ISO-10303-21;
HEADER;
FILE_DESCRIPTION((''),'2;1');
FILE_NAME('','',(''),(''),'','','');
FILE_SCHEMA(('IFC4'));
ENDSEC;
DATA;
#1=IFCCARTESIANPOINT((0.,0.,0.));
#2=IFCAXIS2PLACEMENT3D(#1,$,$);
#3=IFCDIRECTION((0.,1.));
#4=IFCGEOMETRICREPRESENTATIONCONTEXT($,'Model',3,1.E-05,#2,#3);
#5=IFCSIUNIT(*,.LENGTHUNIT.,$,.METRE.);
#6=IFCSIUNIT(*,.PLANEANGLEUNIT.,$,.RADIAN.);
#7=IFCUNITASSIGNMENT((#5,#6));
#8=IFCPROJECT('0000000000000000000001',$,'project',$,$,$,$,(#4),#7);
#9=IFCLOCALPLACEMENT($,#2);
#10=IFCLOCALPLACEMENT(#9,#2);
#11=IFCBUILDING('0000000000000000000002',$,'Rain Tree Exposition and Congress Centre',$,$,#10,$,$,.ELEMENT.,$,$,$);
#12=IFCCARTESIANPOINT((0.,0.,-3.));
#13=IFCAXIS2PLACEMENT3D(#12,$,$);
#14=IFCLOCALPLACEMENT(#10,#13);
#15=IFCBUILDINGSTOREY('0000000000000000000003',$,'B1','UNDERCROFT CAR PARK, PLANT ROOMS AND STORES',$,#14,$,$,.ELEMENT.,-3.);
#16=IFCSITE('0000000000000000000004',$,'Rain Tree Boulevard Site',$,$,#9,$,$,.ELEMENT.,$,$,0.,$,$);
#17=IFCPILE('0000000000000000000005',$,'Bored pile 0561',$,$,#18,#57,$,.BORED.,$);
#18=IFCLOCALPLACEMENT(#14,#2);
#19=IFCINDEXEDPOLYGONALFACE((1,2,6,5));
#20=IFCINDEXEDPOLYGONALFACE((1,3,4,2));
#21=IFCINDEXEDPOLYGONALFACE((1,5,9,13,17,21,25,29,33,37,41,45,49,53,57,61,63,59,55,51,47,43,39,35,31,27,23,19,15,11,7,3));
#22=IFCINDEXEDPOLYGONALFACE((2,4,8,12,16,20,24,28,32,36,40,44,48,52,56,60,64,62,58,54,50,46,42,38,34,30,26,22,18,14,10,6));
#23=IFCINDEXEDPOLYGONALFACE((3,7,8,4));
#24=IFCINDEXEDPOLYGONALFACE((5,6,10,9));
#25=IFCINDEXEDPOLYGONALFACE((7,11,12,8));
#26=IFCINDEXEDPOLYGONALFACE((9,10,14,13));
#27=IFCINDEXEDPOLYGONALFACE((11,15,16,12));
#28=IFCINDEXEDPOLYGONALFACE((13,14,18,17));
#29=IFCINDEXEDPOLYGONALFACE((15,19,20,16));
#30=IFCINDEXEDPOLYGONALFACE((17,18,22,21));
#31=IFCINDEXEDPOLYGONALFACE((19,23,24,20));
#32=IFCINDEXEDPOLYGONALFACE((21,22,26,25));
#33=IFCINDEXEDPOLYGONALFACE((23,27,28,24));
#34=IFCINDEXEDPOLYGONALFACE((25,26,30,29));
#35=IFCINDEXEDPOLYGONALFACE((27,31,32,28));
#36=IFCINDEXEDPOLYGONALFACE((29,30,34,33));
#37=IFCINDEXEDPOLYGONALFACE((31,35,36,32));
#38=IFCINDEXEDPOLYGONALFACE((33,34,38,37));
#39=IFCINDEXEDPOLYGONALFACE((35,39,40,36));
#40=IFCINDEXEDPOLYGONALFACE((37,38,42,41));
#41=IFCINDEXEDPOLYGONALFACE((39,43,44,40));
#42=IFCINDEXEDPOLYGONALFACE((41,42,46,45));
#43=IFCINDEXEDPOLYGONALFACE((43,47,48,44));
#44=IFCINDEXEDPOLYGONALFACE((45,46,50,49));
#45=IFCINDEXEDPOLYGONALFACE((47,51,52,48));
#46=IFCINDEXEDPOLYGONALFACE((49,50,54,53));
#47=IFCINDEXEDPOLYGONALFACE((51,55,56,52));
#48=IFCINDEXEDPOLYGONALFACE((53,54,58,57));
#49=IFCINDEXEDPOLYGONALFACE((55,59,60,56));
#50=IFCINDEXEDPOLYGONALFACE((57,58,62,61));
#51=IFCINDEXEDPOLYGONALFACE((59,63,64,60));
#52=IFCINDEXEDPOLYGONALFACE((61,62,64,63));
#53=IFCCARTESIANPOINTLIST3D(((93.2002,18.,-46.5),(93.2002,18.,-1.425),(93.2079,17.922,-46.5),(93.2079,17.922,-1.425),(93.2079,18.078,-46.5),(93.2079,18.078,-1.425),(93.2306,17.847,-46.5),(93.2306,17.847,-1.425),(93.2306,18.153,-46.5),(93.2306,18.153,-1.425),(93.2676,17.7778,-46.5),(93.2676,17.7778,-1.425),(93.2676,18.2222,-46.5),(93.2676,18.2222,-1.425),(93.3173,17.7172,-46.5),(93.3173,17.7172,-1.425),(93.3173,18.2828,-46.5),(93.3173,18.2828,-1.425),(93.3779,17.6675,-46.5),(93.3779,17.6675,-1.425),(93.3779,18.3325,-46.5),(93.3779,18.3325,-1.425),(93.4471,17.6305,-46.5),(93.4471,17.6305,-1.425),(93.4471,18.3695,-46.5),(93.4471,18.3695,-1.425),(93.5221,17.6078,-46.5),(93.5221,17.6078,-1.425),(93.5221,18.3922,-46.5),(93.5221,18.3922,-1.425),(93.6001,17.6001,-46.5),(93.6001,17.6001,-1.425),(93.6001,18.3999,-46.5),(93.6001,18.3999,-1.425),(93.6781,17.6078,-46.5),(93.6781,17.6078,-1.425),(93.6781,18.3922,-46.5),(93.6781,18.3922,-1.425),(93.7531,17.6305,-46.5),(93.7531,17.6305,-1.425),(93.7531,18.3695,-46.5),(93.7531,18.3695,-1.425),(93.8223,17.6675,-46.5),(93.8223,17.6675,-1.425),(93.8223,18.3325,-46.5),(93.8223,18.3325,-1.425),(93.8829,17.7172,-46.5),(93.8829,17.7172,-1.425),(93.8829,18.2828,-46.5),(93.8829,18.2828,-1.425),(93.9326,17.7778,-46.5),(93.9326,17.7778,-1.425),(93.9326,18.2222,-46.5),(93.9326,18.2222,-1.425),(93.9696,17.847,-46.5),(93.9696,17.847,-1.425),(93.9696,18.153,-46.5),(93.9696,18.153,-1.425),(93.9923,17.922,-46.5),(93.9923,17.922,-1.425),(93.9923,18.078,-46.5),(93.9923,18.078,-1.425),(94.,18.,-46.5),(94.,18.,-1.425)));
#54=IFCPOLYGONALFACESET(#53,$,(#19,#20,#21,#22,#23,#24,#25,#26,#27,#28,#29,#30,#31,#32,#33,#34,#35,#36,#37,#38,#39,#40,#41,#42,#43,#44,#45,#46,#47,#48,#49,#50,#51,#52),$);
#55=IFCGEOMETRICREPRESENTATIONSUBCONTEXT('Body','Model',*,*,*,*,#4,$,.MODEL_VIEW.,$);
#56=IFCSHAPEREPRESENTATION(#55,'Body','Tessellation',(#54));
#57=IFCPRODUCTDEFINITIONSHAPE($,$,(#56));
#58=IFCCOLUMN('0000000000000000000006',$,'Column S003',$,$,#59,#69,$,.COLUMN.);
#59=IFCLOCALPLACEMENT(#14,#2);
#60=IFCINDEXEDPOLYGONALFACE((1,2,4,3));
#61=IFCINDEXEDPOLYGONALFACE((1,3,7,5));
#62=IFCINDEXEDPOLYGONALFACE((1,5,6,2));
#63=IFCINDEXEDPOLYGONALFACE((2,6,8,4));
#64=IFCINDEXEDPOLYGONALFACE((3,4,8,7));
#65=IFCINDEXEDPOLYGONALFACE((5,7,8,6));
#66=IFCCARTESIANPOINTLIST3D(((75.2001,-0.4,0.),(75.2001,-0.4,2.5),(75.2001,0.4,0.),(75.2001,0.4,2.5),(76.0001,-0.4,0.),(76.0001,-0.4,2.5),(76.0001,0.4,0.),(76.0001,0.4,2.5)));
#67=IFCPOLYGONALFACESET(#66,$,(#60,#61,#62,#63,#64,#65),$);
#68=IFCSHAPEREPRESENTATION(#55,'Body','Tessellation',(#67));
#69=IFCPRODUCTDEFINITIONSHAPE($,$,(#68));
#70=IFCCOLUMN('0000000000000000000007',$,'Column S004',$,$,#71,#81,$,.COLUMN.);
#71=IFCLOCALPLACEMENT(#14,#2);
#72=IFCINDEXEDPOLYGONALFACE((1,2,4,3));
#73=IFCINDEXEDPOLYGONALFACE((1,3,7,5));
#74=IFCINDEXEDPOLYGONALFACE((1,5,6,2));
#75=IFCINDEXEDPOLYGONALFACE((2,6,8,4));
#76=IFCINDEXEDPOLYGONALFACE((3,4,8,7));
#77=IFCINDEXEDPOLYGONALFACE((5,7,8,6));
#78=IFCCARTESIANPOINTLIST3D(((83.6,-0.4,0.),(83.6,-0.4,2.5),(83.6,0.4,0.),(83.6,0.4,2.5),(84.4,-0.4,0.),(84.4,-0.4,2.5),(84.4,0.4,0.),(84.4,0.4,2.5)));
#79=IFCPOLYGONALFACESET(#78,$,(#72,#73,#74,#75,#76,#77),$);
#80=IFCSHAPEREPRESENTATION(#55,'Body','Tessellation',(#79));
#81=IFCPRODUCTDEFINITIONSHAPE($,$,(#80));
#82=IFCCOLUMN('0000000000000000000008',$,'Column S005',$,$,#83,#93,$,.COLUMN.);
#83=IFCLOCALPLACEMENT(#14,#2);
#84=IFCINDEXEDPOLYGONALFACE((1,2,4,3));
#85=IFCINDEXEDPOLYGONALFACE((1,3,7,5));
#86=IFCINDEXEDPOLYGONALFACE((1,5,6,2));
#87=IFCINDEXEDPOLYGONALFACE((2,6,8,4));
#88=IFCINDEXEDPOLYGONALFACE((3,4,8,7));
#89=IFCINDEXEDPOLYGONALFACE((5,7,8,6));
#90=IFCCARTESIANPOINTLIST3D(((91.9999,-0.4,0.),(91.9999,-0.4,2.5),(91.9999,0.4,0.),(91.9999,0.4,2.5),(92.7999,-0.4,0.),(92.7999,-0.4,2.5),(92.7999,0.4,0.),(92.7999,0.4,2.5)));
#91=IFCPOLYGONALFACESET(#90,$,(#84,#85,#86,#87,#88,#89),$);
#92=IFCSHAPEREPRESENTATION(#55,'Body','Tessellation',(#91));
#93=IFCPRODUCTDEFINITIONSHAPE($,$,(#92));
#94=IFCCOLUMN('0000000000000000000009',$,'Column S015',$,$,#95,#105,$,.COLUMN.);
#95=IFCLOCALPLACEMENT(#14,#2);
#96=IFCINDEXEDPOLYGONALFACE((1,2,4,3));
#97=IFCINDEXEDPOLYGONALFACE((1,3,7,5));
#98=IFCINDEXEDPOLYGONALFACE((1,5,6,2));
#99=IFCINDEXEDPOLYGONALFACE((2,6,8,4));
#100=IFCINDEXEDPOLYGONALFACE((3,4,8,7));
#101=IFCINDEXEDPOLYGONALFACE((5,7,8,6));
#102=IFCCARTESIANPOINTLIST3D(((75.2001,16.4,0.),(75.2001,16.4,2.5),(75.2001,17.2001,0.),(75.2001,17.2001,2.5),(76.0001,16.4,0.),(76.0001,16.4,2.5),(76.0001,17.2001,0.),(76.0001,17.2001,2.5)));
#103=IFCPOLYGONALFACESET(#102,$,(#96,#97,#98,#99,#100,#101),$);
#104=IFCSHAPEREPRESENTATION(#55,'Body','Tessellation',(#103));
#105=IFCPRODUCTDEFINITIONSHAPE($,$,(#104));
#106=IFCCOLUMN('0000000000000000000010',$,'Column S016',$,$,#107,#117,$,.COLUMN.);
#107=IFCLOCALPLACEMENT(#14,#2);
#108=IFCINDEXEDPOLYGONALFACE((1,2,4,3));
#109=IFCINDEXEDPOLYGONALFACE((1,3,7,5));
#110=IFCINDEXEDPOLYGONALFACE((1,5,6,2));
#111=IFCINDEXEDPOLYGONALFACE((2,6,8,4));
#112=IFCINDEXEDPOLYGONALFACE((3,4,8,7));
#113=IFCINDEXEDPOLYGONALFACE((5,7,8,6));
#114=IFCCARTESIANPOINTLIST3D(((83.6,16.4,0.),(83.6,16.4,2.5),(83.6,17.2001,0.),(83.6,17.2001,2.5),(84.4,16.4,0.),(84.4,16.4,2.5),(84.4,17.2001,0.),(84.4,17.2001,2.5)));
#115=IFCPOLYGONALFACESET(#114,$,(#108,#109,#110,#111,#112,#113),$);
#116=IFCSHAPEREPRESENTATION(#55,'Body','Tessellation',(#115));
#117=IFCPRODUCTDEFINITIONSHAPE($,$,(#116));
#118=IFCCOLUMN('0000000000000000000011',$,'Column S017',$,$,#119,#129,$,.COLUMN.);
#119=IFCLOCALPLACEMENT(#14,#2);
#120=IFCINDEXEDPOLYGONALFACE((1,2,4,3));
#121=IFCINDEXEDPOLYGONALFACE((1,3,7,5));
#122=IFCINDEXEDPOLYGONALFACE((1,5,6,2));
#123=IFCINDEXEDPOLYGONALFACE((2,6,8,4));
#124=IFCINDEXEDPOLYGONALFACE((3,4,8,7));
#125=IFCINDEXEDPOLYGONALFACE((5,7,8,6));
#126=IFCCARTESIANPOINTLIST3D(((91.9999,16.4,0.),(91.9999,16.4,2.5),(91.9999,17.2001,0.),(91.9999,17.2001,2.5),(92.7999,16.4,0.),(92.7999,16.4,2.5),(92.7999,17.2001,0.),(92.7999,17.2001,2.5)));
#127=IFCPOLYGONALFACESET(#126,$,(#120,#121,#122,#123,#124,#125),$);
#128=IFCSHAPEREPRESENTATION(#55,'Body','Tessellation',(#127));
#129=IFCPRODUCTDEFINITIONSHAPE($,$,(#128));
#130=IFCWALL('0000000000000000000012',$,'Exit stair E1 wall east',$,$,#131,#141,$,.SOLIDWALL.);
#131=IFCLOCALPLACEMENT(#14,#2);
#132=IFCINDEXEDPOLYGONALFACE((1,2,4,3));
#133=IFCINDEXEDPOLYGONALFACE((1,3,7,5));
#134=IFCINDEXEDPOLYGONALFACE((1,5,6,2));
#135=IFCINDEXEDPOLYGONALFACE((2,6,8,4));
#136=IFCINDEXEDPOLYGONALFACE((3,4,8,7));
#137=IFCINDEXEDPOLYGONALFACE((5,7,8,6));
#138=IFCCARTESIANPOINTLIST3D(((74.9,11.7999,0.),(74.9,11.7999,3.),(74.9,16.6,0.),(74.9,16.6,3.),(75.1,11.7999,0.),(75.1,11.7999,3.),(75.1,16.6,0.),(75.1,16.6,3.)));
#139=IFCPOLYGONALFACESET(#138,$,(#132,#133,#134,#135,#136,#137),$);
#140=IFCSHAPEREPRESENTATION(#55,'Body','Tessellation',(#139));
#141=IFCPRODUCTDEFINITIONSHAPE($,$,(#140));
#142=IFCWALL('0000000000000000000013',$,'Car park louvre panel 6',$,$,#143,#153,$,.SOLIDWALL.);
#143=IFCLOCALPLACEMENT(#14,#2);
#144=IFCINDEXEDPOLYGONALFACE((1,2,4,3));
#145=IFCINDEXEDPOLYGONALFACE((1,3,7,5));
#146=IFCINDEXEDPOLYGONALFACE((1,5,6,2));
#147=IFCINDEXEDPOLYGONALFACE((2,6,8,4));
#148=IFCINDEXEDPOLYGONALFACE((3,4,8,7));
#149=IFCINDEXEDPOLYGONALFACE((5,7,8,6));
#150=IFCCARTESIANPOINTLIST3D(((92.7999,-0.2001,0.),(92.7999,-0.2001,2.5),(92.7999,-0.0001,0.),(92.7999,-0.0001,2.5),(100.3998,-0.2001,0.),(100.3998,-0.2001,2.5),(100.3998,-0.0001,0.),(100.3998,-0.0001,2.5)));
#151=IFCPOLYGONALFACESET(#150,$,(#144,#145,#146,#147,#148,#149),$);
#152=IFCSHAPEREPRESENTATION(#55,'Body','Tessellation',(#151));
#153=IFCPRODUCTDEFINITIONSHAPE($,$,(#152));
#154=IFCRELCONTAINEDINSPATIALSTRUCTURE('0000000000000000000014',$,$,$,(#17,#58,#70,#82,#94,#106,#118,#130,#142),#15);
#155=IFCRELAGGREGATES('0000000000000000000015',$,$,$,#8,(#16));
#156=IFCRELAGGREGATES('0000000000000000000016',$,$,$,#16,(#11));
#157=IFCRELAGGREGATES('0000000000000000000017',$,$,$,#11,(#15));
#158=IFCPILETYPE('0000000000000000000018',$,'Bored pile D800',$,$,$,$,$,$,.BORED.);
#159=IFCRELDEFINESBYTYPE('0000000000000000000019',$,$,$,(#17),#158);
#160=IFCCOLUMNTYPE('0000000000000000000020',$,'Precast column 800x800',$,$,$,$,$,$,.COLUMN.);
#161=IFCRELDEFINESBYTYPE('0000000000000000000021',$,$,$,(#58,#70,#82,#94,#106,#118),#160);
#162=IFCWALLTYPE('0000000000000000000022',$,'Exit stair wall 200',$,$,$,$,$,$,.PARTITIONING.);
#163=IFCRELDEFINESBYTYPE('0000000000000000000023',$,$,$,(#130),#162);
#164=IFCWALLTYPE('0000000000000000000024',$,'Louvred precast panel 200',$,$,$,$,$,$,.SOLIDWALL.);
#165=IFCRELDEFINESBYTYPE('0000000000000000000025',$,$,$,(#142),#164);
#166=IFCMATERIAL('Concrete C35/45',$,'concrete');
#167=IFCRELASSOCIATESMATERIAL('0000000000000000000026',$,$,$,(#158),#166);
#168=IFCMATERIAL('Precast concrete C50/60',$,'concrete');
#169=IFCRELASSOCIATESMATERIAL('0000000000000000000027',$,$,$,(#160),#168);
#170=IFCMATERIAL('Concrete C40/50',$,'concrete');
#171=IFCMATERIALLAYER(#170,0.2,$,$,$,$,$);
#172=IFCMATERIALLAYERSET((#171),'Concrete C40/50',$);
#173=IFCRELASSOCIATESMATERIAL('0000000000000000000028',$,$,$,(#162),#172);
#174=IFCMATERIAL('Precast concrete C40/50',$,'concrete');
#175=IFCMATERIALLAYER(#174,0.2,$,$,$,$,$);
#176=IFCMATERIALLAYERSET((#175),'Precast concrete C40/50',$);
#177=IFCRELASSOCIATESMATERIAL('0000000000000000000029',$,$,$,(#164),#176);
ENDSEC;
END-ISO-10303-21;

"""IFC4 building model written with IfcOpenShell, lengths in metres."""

from ifc_helpers import new_model, si_unit, direction, frame, frame_2d, origin, origin_2d, place, context, subcontext, project, spatial, rectangle, circle, extrude, material, layer, layer_set, material_profile, profile_set, type_object, element, save


model = new_model("IFC4")

# Units and contexts
model_context = context("Model", 3, precision=1e-05, world=origin(), true_north=direction((0.0, 1.0)))
body_context = subcontext(model_context, "Body", "Model", "MODEL_VIEW")
ifc_project = project(units=[si_unit("LENGTHUNIT", "METRE"), si_unit("PLANEANGLEUNIT", "RADIAN")], contexts=[model_context])

# Site, building, storey
site_placement = place(None, origin())
site = spatial("IfcSite", under=ifc_project, at=site_placement, Name="Rain Tree Boulevard Site", CompositionType="ELEMENT", RefElevation=0.0)
building_placement = place(site_placement, origin())
building = spatial("IfcBuilding", under=site, at=building_placement, Name="Rain Tree Exposition and Congress Centre", CompositionType="ELEMENT")
storey_placement = place(building_placement, frame((0.0, 0.0, -3.0)))
storey = spatial("IfcBuildingStorey", under=building, at=storey_placement, Name="B1", Description="UNDERCROFT CAR PARK, PLANT ROOMS AND STORES", CompositionType="ELEMENT", Elevation=-3.0)

# Pile
ifc_material_1 = material(Name="Concrete C35/45", Category="concrete")
ifc_material_profile_1 = material_profile(ifc_material_1, circle(Radius=0.3999, at=origin_2d()), Name="D800")
ifc_profile_set_1 = profile_set([ifc_material_profile_1], Name="Concrete C35/45")
pile_type_1 = type_object("IfcPileType", Name="Bored pile D800", PredefinedType="BORED", material=ifc_profile_set_1)
for number, where, z_axis, x_axis, name in (
    (1, (93.6001, 18.0, -1.425), (0.0, 0.0, -1.0), (1.0, 0.0, 0.0), "Bored pile 0561"),
):
    element("IfcPile", number, at=place(storey_placement, frame(where, z_axis=z_axis, x_axis=x_axis)), inside=storey, type_object=pile_type_1, Name=name, PredefinedType="BORED", context=body_context, shape_type="SweptSolid", body=[
        extrude(circle(Radius=0.3999, at=origin_2d()), origin(), (0.0, 0.0, 1.0), 45.075),
    ])

# Columns
ifc_material_2 = material(Name="Precast concrete C50/60", Category="concrete")
ifc_material_profile_2 = material_profile(ifc_material_2, rectangle(XDim=0.8, YDim=0.8, at=origin_2d()), Name="RC 800x800")
ifc_profile_set_2 = profile_set([ifc_material_profile_2], Name="Precast concrete C50/60")
column_type = type_object("IfcColumnType", Name="Precast column 800x800", PredefinedType="COLUMN", material=ifc_profile_set_2)
for number, where, z_axis, x_axis, name in (
    (2, (75.6001, 0.0, 0.0), (0.0, 0.0, 1.0), (1.0, 0.0, 0.0), "Column S003"),
    (3, (84.0, 0.0, 0.0), (0.0, 0.0, 1.0), (1.0, 0.0, 0.0), "Column S004"),
    (4, (92.3999, 0.0, 0.0), (0.0, 0.0, 1.0), (1.0, 0.0, 0.0), "Column S005"),
    (5, (75.6001, 16.8, 0.0), (0.0, 0.0, 1.0), (1.0, 0.0, 0.0), "Column S015"),
    (6, (84.0, 16.8, 0.0), (0.0, 0.0, 1.0), (1.0, 0.0, 0.0), "Column S016"),
    (7, (92.3999, 16.8, 0.0), (0.0, 0.0, 1.0), (1.0, 0.0, 0.0), "Column S017"),
):
    element("IfcColumn", number, at=place(storey_placement, frame(where, z_axis=z_axis, x_axis=x_axis)), inside=storey, type_object=column_type, Name=name, PredefinedType="COLUMN", context=body_context, shape_type="SweptSolid", body=[
        extrude(rectangle(XDim=0.8, YDim=0.8, at=origin_2d()), origin(), (0.0, 0.0, 1.0), 2.5),
    ])

# Wall
ifc_material_3 = material(Name="Concrete C40/50", Category="concrete")
ifc_layer_1 = layer(ifc_material_3, 0.2)
ifc_layer_set_1 = layer_set([ifc_layer_1], Name="Concrete C40/50")
wall_type_1 = type_object("IfcWallType", Name="Exit stair wall 200", PredefinedType="PARTITIONING", material=ifc_layer_set_1)
wall_1_placement = place(storey_placement, frame((75.0, 11.8, 0.0), z_axis=(0.0, 0.0, 1.0), x_axis=(0.0, 1.0, 0.0)))
element("IfcWall", 8, at=wall_1_placement, inside=storey, type_object=wall_type_1, Name="Exit stair E1 wall east", PredefinedType="SOLIDWALL", context=body_context, shape_type="SweptSolid", body=[
    extrude(rectangle(XDim=4.8, YDim=0.2, at=frame_2d((2.3999, 0.0))), origin(), (0.0, 0.0, 1.0), 3.0),
])

# Shared definitions
ifc_material_4 = material(Name="Precast concrete C40/50", Category="concrete")
ifc_layer_2 = layer(ifc_material_4, 0.2)
ifc_layer_set_2 = layer_set([ifc_layer_2], Name="Precast concrete C40/50")
wall_type_2 = type_object("IfcWallType", Name="Louvred precast panel 200", PredefinedType="SOLIDWALL", material=ifc_layer_set_2)

# Wall
wall_2_placement = place(storey_placement, frame((92.8, -0.1001, 0.0), z_axis=(0.0, 0.0, 1.0), x_axis=(1.0, 0.0, 0.0)))
element("IfcWall", 9, at=wall_2_placement, inside=storey, type_object=wall_type_2, Name="Car park louvre panel 6", PredefinedType="SOLIDWALL", context=body_context, shape_type="SweptSolid", body=[
    extrude(rectangle(XDim=7.5999, YDim=0.2, at=frame_2d((3.7998, 0.0))), origin(), (0.0, 0.0, 1.0), 2.5),
])

save(model, "model.ifc")
